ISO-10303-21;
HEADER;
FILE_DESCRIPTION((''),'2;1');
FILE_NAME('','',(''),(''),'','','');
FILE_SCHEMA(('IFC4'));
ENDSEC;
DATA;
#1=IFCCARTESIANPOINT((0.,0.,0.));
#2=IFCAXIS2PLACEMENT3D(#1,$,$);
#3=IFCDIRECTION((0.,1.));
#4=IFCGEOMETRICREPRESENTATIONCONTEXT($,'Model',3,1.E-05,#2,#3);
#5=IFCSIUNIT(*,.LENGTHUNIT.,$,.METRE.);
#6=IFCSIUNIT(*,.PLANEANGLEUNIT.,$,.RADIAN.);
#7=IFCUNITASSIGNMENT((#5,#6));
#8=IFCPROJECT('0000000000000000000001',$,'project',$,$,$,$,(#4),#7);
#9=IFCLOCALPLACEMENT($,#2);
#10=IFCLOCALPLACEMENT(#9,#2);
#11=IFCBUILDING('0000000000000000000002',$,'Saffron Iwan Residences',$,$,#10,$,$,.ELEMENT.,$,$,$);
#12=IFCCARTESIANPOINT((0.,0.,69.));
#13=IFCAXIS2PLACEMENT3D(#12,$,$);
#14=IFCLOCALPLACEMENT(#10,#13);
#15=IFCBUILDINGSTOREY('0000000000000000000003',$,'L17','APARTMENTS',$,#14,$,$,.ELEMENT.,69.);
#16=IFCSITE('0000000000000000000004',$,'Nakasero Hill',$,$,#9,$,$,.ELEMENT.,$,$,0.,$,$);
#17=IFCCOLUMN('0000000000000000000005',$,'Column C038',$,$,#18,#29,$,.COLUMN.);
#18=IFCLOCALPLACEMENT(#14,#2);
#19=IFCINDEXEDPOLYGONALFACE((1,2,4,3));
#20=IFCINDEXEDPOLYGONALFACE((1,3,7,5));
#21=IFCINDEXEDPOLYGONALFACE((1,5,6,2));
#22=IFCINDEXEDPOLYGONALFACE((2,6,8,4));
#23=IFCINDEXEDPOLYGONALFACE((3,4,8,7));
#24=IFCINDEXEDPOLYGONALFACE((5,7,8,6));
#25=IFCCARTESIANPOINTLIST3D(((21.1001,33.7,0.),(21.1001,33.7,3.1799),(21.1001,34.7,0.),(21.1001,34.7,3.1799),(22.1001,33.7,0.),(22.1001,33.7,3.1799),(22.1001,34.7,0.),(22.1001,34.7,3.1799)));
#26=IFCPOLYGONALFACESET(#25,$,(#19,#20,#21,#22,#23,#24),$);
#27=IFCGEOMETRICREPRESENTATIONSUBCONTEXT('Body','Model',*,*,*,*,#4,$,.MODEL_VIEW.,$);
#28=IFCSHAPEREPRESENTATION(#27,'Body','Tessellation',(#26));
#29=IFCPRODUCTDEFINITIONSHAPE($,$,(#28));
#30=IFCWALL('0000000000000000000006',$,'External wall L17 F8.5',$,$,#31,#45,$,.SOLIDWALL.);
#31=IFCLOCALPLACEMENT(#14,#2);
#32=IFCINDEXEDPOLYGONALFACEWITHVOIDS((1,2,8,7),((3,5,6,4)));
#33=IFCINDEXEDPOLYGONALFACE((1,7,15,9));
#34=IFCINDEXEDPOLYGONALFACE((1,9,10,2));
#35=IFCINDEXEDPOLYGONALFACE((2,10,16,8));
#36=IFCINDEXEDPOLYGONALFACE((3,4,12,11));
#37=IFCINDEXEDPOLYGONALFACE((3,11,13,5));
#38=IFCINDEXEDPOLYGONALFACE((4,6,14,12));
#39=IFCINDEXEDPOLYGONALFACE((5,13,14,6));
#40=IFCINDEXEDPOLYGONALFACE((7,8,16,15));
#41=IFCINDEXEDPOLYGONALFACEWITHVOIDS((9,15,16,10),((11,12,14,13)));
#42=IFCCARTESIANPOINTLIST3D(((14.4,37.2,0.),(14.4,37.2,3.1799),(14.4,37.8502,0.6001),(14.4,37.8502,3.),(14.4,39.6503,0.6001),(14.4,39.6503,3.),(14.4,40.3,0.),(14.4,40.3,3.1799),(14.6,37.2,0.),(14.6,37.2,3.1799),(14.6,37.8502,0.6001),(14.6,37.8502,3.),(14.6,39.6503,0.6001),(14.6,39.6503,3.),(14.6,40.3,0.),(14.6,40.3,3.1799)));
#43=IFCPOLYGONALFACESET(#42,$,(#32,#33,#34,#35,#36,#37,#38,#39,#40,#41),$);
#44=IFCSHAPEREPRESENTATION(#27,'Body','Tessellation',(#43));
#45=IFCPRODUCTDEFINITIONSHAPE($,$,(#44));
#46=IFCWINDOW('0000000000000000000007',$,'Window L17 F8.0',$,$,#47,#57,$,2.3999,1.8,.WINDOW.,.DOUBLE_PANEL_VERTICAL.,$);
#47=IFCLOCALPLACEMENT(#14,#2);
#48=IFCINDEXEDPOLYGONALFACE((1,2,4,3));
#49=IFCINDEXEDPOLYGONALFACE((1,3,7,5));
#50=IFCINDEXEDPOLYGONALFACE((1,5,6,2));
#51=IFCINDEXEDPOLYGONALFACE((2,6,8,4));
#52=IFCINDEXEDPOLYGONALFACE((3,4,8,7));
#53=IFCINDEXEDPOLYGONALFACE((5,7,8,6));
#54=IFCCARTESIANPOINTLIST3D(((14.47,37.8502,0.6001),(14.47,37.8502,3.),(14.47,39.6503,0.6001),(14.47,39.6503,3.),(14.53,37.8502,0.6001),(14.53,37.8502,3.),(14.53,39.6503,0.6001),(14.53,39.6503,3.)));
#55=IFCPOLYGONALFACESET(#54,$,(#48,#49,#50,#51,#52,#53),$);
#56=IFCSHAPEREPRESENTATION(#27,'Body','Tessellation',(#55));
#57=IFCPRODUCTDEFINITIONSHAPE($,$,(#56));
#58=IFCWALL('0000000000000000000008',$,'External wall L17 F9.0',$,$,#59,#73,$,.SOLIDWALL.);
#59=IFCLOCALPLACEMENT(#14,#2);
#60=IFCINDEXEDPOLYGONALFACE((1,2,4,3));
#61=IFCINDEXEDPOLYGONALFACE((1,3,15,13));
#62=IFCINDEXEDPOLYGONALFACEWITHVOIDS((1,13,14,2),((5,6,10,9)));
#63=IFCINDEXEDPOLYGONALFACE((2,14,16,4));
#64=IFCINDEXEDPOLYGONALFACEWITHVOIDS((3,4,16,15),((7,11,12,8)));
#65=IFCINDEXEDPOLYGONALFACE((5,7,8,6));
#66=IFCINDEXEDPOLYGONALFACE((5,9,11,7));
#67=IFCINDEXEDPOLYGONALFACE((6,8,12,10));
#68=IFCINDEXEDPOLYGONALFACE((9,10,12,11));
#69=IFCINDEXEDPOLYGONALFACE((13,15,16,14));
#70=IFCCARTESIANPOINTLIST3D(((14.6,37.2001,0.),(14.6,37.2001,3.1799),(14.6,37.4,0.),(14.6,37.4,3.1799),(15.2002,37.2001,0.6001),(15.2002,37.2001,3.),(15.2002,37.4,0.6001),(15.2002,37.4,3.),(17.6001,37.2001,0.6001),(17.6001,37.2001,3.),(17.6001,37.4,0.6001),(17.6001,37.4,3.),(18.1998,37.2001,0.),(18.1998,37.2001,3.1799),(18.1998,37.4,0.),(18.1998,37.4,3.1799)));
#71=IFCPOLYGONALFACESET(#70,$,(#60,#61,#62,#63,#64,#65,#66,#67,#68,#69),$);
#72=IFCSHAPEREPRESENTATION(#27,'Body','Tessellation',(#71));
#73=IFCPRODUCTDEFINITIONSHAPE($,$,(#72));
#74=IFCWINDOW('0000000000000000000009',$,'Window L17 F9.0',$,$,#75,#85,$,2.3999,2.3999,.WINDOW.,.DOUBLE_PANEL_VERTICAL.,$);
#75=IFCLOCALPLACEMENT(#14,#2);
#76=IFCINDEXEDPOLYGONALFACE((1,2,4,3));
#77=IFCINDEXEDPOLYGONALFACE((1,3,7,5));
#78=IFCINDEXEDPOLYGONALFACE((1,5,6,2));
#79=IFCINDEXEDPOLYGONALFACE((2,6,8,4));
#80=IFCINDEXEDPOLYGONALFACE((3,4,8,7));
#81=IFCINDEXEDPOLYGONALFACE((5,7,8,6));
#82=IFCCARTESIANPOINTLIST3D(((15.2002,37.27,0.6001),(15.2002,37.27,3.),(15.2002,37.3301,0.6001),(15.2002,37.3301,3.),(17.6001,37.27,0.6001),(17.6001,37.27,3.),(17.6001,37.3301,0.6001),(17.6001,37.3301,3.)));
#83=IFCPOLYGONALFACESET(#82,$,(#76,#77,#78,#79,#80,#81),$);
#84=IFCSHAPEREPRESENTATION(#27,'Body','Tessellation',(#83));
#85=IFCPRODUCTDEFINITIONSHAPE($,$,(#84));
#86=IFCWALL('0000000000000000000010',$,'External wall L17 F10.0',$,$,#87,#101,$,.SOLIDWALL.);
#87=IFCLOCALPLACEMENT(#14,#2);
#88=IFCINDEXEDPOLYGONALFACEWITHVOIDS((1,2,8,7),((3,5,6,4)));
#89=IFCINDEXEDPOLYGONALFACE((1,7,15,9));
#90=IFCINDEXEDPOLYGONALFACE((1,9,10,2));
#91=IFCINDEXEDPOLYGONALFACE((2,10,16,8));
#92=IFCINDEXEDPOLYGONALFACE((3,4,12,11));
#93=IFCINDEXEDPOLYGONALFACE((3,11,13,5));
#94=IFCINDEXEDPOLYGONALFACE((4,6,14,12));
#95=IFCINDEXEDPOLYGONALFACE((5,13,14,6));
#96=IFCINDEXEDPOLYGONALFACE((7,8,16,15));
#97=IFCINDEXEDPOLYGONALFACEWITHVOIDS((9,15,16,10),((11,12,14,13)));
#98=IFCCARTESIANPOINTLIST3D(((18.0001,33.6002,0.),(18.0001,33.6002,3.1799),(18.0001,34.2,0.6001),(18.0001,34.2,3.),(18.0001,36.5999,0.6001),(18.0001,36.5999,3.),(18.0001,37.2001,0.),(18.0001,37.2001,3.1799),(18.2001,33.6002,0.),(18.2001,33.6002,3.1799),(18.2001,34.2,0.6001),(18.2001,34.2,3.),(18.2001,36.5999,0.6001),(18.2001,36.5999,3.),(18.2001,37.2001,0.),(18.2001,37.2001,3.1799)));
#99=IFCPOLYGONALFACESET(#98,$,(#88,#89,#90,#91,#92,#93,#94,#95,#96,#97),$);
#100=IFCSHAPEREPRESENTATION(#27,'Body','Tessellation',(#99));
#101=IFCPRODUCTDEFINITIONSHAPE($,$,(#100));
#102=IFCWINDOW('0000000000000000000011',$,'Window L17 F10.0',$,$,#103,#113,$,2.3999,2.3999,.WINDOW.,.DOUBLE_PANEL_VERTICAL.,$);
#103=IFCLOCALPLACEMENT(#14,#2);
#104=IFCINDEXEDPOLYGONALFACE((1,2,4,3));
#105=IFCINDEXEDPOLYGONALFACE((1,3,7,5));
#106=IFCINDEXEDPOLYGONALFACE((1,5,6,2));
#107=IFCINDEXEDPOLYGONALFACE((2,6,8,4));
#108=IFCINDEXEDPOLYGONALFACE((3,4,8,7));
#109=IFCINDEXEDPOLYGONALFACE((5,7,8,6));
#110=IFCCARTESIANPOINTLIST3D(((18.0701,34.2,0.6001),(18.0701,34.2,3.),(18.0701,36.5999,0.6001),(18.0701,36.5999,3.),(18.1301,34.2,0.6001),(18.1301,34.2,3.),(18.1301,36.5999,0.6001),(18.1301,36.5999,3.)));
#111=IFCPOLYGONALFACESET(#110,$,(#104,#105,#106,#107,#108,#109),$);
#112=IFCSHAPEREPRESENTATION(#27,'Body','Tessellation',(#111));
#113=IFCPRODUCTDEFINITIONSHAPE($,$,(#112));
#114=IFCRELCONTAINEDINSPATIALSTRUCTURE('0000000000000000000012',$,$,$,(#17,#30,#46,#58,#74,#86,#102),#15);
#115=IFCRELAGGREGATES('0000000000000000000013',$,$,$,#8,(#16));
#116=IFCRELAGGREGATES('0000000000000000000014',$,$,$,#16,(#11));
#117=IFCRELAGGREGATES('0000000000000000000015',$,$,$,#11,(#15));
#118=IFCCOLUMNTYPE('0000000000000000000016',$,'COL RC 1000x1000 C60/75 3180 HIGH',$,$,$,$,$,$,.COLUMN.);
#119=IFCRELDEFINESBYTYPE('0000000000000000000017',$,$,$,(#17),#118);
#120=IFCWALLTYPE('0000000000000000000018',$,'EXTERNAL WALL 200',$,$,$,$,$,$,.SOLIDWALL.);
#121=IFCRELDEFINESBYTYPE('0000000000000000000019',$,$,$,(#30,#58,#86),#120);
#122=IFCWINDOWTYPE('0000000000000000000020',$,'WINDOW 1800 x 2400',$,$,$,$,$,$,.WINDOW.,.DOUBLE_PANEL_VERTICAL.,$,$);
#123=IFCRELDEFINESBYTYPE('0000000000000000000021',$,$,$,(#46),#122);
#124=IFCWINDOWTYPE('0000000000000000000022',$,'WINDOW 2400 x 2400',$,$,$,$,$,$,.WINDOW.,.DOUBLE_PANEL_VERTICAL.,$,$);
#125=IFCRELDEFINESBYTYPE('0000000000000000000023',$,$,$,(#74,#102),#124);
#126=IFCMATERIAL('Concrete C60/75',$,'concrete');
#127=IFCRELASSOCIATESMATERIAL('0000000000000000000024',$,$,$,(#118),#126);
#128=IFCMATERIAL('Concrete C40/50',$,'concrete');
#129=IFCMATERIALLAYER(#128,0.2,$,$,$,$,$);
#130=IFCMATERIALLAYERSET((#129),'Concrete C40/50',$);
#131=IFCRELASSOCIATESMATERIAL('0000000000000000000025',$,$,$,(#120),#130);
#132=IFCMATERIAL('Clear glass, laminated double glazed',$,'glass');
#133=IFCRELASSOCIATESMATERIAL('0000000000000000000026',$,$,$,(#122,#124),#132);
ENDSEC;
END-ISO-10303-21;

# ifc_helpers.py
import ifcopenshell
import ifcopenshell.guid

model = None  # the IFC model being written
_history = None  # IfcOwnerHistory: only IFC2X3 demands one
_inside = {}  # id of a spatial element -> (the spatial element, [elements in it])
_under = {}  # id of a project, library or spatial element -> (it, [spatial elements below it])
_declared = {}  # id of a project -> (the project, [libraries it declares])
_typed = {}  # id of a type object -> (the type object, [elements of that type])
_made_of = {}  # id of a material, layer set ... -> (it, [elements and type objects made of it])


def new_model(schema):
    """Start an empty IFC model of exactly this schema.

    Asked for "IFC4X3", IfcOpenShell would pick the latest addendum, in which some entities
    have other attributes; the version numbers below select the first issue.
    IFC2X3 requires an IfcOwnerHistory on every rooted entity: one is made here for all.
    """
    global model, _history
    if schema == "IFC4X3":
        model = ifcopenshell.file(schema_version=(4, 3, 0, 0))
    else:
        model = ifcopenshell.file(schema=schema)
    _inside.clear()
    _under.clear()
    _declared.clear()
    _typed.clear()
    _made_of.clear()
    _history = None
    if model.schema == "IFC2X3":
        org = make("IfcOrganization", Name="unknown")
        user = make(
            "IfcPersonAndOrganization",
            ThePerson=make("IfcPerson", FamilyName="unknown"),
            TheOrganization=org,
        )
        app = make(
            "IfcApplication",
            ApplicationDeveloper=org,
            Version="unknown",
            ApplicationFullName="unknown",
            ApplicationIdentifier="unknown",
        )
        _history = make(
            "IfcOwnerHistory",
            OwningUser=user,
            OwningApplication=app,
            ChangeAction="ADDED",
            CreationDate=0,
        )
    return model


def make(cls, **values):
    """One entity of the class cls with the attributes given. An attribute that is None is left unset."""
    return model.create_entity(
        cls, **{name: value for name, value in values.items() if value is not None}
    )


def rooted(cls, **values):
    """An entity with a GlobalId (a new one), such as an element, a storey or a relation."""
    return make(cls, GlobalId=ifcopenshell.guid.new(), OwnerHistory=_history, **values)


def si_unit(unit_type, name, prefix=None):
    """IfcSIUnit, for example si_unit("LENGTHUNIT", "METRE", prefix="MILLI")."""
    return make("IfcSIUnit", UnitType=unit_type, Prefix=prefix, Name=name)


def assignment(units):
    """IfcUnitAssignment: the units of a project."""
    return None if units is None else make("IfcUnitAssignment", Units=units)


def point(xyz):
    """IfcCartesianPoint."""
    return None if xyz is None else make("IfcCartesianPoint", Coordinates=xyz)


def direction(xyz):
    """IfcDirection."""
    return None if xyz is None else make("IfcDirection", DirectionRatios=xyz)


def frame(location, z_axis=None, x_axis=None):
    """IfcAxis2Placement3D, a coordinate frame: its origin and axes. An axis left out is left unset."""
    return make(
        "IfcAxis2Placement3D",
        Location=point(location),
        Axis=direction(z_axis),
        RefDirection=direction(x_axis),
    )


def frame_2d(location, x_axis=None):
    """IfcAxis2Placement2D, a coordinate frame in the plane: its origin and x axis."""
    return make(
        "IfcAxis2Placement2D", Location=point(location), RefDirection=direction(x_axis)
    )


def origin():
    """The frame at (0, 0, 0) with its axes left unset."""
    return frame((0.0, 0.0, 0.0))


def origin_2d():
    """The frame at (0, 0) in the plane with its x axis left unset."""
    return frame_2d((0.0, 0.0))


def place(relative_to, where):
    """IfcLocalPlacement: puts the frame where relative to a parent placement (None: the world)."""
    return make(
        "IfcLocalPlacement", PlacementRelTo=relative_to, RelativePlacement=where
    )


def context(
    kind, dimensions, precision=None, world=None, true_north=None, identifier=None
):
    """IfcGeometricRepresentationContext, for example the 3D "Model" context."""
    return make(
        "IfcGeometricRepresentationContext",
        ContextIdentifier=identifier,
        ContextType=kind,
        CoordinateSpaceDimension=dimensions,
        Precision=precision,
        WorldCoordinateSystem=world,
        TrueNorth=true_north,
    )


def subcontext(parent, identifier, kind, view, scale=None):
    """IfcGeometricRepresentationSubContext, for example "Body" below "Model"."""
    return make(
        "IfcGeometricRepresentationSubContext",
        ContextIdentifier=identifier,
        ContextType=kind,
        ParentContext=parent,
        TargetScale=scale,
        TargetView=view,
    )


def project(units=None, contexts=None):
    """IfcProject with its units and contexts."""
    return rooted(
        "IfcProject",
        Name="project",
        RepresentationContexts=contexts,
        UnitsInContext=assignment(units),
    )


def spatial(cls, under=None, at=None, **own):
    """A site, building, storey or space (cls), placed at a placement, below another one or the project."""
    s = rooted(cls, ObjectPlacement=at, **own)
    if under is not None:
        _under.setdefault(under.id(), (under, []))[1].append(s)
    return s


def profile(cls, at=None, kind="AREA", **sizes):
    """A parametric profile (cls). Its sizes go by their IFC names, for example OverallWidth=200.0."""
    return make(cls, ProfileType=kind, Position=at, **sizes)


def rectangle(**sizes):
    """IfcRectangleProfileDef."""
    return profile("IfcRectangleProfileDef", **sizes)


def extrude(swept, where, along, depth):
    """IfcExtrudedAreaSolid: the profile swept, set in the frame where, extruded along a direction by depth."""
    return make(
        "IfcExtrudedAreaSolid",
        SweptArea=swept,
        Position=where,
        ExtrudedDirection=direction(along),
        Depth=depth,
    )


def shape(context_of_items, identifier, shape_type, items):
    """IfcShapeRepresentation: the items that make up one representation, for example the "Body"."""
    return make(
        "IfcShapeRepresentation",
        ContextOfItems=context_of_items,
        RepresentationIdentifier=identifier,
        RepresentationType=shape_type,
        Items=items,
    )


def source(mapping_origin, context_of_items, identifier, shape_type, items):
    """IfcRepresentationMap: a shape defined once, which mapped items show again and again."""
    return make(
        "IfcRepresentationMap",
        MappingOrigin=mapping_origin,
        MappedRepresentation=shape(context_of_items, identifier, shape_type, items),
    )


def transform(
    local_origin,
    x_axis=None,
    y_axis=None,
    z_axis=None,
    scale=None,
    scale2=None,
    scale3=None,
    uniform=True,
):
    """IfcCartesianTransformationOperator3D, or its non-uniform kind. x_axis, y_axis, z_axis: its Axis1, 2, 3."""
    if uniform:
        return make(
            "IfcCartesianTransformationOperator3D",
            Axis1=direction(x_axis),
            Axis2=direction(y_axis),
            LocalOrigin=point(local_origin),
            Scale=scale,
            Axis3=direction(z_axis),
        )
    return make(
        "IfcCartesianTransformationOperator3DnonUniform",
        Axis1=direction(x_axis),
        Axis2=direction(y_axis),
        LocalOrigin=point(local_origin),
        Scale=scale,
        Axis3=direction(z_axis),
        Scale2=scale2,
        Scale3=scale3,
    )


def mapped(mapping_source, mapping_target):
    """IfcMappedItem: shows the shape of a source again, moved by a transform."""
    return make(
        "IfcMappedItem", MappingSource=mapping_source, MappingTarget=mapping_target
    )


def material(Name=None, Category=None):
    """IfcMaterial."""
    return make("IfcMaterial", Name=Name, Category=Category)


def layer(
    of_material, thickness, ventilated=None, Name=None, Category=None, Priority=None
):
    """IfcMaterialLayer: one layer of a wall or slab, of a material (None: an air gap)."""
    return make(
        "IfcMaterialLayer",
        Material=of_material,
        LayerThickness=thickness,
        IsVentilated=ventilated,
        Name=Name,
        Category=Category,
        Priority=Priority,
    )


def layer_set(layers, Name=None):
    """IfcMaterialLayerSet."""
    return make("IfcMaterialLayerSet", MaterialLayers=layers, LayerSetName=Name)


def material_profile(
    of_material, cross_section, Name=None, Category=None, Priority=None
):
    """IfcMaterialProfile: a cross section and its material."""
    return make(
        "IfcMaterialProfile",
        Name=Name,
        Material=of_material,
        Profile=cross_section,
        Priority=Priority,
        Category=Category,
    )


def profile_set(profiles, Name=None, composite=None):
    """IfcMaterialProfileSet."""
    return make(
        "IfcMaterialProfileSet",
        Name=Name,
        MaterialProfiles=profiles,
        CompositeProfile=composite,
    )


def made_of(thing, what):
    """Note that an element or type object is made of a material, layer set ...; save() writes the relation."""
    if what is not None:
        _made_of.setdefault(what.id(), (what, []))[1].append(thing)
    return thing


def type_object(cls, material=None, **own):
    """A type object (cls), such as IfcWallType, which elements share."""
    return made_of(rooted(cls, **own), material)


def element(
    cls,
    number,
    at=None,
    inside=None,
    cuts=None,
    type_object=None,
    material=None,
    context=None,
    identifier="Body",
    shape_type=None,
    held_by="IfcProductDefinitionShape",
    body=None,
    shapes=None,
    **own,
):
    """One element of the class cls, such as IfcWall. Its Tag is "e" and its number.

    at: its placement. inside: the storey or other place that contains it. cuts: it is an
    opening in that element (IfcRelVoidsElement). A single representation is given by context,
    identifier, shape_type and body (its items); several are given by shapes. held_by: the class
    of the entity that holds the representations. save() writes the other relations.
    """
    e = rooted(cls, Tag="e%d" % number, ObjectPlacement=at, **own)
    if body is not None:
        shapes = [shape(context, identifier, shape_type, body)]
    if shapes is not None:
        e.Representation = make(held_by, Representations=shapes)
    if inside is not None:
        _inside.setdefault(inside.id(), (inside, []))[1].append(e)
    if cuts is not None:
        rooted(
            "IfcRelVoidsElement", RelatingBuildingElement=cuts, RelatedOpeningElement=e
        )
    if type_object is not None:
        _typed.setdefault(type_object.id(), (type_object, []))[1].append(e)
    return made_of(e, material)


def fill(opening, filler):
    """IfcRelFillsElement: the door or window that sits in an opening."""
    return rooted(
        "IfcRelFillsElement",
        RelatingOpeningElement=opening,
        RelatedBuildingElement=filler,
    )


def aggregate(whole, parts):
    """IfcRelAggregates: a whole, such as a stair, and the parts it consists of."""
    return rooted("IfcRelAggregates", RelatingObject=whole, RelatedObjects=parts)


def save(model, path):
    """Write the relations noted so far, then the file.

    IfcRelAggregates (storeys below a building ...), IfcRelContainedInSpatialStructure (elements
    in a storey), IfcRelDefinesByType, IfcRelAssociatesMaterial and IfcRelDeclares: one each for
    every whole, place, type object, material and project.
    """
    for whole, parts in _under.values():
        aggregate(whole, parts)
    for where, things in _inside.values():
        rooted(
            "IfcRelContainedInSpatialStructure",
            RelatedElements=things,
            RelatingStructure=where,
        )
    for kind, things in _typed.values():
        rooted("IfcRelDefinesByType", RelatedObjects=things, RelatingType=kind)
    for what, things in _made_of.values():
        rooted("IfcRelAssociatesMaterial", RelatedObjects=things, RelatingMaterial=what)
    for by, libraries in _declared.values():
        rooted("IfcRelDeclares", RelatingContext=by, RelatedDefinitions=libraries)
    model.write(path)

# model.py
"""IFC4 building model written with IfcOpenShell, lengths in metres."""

from ifc_helpers import new_model, si_unit, direction, frame, frame_2d, origin, origin_2d, place, context, subcontext, project, spatial, rectangle, extrude, source, transform, mapped, material, layer, layer_set, material_profile, profile_set, type_object, element, fill, save


model = new_model("IFC4")

# Units and contexts
model_context = context("Model", 3, precision=1e-05, world=origin(), true_north=direction((0.0, 1.0)))
body_context = subcontext(model_context, "Body", "Model", "MODEL_VIEW")
ifc_project = project(units=[si_unit("LENGTHUNIT", "METRE"), si_unit("PLANEANGLEUNIT", "RADIAN")], contexts=[model_context])

# Site, building, storey
site_placement = place(None, origin())
site = spatial("IfcSite", under=ifc_project, at=site_placement, Name="Nakasero Hill", CompositionType="ELEMENT", RefElevation=0.0)
building_placement = place(site_placement, origin())
building = spatial("IfcBuilding", under=site, at=building_placement, Name="Saffron Iwan Residences", CompositionType="ELEMENT")
storey_placement = place(building_placement, frame((0.0, 0.0, 69.0)))
storey = spatial("IfcBuildingStorey", under=building, at=storey_placement, Name="L17", Description="APARTMENTS", CompositionType="ELEMENT", Elevation=69.0)

# Column
ifc_material_1 = material(Name="Concrete C60/75", Category="concrete")
ifc_material_profile = material_profile(ifc_material_1, rectangle(XDim=1.0, YDim=1.0, at=origin_2d()), Name="RC 1000x1000")
ifc_profile_set = profile_set([ifc_material_profile], Name="Concrete C60/75")
column_type = type_object("IfcColumnType", Name="COL RC 1000x1000 C60/75 3180 HIGH", PredefinedType="COLUMN", material=ifc_profile_set)
shared_shape = source(origin(), body_context, "Body", "SweptSolid", [
    extrude(rectangle(XDim=1.0, YDim=1.0, at=origin_2d()), origin(), (0.0, 0.0, 1.0), 3.1799),
])
column_placement = place(storey_placement, frame((21.6001, 34.2, 0.0), z_axis=(0.0, 0.0, 1.0), x_axis=(1.0, 0.0, 0.0)))
element("IfcColumn", 1, at=column_placement, inside=storey, type_object=column_type, Name="Column C038", PredefinedType="COLUMN", context=body_context, shape_type="MappedRepresentation", body=[
    mapped(shared_shape, transform((0.0, 0.0, 0.0))),
])

# Walls, openings, windows
ifc_material_2 = material(Name="Concrete C40/50", Category="concrete")
ifc_layer_1 = layer(ifc_material_2, 0.2)
ifc_layer_set_1 = layer_set([ifc_layer_1], Name="Concrete C40/50")
wall_type_1 = type_object("IfcWallType", Name="EXTERNAL WALL 200", PredefinedType="SOLIDWALL", material=ifc_layer_set_1)
wall_1_placement = place(storey_placement, frame((14.5, 40.3, 0.0), z_axis=(0.0, 0.0, 1.0), x_axis=(0.0, -1.0, 0.0)))
wall_1 = element("IfcWall", 2, at=wall_1_placement, inside=storey, type_object=wall_type_1, Name="External wall L17 F8.5", PredefinedType="SOLIDWALL", context=body_context, shape_type="SweptSolid", body=[
    extrude(rectangle(XDim=3.1001, YDim=0.2, at=frame_2d((1.55, 0.0))), origin(), (0.0, 0.0, 1.0), 3.1799),
])
opening_1_placement = place(wall_1_placement, frame((0.6499, 0.0, 0.6001)))
opening_1 = element("IfcOpeningElement", 3, at=opening_1_placement, cuts=wall_1, PredefinedType="OPENING", context=body_context, shape_type="SweptSolid", body=[
    extrude(rectangle(XDim=1.8, YDim=2.3999, at=frame_2d((0.8999, 1.2))), frame((0.0, 0.1099, 0.0), z_axis=(0.0, -1.0, 0.0), x_axis=(1.0, 0.0, 0.0)), (0.0, 0.0, 1.0), 0.22),
])
ifc_material_3 = material(Name="Clear glass, laminated double glazed", Category="glass")
window_type_1 = type_object("IfcWindowType", Name="WINDOW 1800 x 2400", PartitioningType="DOUBLE_PANEL_VERTICAL", PredefinedType="WINDOW", material=ifc_material_3)
window_1_placement = place(opening_1_placement, origin())
window_1 = element("IfcWindow", 4, at=window_1_placement, inside=storey, type_object=window_type_1, Name="Window L17 F8.0", OverallHeight=2.3999, OverallWidth=1.8, PartitioningType="DOUBLE_PANEL_VERTICAL", PredefinedType="WINDOW", context=body_context, shape_type="SweptSolid", body=[
    extrude(rectangle(XDim=1.8, YDim=2.3999, at=frame_2d((0.8999, 1.2))), frame((0.0, 0.03, 0.0), z_axis=(0.0, -1.0, 0.0), x_axis=(1.0, 0.0, 0.0)), (0.0, 0.0, 1.0), 0.0601),
])
fill(opening_1, window_1)
wall_2_placement = place(storey_placement, frame((14.6001, 37.3, 0.0), z_axis=(0.0, 0.0, 1.0), x_axis=(1.0, 0.0, 0.0)))
wall_2 = element("IfcWall", 5, at=wall_2_placement, inside=storey, type_object=wall_type_1, Name="External wall L17 F9.0", PredefinedType="SOLIDWALL", context=body_context, shape_type="SweptSolid", body=[
    extrude(rectangle(XDim=3.5999, YDim=0.2, at=frame_2d((1.7998, 0.0))), origin(), (0.0, 0.0, 1.0), 3.1799),
])
opening_2_placement = place(wall_2_placement, frame((0.6001, 0.0, 0.6001)))
opening_2 = element("IfcOpeningElement", 6, at=opening_2_placement, cuts=wall_2, PredefinedType="OPENING", context=body_context, shape_type="SweptSolid", body=[
    extrude(rectangle(XDim=2.3999, YDim=2.3999, at=frame_2d((1.2, 1.2))), frame((0.0, 0.1099, 0.0), z_axis=(0.0, -1.0, 0.0), x_axis=(1.0, 0.0, 0.0)), (0.0, 0.0, 1.0), 0.22),
])
window_type_2 = type_object("IfcWindowType", Name="WINDOW 2400 x 2400", PartitioningType="DOUBLE_PANEL_VERTICAL", PredefinedType="WINDOW", material=ifc_material_3)
window_2_placement = place(opening_2_placement, origin())
window_2 = element("IfcWindow", 7, at=window_2_placement, inside=storey, type_object=window_type_2, Name="Window L17 F9.0", OverallHeight=2.3999, OverallWidth=2.3999, PartitioningType="DOUBLE_PANEL_VERTICAL", PredefinedType="WINDOW", context=body_context, shape_type="SweptSolid", body=[
    extrude(rectangle(XDim=2.3999, YDim=2.3999, at=frame_2d((1.2, 1.2))), frame((0.0, 0.03, 0.0), z_axis=(0.0, -1.0, 0.0), x_axis=(1.0, 0.0, 0.0)), (0.0, 0.0, 1.0), 0.0601),
])
fill(opening_2, window_2)
wall_3_placement = place(storey_placement, frame((18.1001, 37.2, 0.0), z_axis=(0.0, 0.0, 1.0), x_axis=(0.0, -1.0, 0.0)))
wall_3 = element("IfcWall", 8, at=wall_3_placement, inside=storey, type_object=wall_type_1, Name="External wall L17 F10.0", PredefinedType="SOLIDWALL", context=body_context, shape_type="SweptSolid", body=[
    extrude(rectangle(XDim=3.5999, YDim=0.2, at=frame_2d((1.7998, 0.0))), origin(), (0.0, 0.0, 1.0), 3.1799),
])
opening_3_placement = place(wall_3_placement, frame((0.6001, 0.0, 0.6001)))
opening_3 = element("IfcOpeningElement", 9, at=opening_3_placement, cuts=wall_3, PredefinedType="OPENING", context=body_context, shape_type="SweptSolid", body=[
    extrude(rectangle(XDim=2.3999, YDim=2.3999, at=frame_2d((1.2, 1.2))), frame((0.0, 0.1099, 0.0), z_axis=(0.0, -1.0, 0.0), x_axis=(1.0, 0.0, 0.0)), (0.0, 0.0, 1.0), 0.22),
])
window_3_placement = place(opening_3_placement, origin())
window_3 = element("IfcWindow", 10, at=window_3_placement, inside=storey, type_object=window_type_2, Name="Window L17 F10.0", OverallHeight=2.3999, OverallWidth=2.3999, PartitioningType="DOUBLE_PANEL_VERTICAL", PredefinedType="WINDOW", context=body_context, shape_type="SweptSolid", body=[
    extrude(rectangle(XDim=2.3999, YDim=2.3999, at=frame_2d((1.2, 1.2))), frame((0.0, 0.03, 0.0), z_axis=(0.0, -1.0, 0.0), x_axis=(1.0, 0.0, 0.0)), (0.0, 0.0, 1.0), 0.0601),
])
fill(opening_3, window_3)

save(model, "model.ifc")
